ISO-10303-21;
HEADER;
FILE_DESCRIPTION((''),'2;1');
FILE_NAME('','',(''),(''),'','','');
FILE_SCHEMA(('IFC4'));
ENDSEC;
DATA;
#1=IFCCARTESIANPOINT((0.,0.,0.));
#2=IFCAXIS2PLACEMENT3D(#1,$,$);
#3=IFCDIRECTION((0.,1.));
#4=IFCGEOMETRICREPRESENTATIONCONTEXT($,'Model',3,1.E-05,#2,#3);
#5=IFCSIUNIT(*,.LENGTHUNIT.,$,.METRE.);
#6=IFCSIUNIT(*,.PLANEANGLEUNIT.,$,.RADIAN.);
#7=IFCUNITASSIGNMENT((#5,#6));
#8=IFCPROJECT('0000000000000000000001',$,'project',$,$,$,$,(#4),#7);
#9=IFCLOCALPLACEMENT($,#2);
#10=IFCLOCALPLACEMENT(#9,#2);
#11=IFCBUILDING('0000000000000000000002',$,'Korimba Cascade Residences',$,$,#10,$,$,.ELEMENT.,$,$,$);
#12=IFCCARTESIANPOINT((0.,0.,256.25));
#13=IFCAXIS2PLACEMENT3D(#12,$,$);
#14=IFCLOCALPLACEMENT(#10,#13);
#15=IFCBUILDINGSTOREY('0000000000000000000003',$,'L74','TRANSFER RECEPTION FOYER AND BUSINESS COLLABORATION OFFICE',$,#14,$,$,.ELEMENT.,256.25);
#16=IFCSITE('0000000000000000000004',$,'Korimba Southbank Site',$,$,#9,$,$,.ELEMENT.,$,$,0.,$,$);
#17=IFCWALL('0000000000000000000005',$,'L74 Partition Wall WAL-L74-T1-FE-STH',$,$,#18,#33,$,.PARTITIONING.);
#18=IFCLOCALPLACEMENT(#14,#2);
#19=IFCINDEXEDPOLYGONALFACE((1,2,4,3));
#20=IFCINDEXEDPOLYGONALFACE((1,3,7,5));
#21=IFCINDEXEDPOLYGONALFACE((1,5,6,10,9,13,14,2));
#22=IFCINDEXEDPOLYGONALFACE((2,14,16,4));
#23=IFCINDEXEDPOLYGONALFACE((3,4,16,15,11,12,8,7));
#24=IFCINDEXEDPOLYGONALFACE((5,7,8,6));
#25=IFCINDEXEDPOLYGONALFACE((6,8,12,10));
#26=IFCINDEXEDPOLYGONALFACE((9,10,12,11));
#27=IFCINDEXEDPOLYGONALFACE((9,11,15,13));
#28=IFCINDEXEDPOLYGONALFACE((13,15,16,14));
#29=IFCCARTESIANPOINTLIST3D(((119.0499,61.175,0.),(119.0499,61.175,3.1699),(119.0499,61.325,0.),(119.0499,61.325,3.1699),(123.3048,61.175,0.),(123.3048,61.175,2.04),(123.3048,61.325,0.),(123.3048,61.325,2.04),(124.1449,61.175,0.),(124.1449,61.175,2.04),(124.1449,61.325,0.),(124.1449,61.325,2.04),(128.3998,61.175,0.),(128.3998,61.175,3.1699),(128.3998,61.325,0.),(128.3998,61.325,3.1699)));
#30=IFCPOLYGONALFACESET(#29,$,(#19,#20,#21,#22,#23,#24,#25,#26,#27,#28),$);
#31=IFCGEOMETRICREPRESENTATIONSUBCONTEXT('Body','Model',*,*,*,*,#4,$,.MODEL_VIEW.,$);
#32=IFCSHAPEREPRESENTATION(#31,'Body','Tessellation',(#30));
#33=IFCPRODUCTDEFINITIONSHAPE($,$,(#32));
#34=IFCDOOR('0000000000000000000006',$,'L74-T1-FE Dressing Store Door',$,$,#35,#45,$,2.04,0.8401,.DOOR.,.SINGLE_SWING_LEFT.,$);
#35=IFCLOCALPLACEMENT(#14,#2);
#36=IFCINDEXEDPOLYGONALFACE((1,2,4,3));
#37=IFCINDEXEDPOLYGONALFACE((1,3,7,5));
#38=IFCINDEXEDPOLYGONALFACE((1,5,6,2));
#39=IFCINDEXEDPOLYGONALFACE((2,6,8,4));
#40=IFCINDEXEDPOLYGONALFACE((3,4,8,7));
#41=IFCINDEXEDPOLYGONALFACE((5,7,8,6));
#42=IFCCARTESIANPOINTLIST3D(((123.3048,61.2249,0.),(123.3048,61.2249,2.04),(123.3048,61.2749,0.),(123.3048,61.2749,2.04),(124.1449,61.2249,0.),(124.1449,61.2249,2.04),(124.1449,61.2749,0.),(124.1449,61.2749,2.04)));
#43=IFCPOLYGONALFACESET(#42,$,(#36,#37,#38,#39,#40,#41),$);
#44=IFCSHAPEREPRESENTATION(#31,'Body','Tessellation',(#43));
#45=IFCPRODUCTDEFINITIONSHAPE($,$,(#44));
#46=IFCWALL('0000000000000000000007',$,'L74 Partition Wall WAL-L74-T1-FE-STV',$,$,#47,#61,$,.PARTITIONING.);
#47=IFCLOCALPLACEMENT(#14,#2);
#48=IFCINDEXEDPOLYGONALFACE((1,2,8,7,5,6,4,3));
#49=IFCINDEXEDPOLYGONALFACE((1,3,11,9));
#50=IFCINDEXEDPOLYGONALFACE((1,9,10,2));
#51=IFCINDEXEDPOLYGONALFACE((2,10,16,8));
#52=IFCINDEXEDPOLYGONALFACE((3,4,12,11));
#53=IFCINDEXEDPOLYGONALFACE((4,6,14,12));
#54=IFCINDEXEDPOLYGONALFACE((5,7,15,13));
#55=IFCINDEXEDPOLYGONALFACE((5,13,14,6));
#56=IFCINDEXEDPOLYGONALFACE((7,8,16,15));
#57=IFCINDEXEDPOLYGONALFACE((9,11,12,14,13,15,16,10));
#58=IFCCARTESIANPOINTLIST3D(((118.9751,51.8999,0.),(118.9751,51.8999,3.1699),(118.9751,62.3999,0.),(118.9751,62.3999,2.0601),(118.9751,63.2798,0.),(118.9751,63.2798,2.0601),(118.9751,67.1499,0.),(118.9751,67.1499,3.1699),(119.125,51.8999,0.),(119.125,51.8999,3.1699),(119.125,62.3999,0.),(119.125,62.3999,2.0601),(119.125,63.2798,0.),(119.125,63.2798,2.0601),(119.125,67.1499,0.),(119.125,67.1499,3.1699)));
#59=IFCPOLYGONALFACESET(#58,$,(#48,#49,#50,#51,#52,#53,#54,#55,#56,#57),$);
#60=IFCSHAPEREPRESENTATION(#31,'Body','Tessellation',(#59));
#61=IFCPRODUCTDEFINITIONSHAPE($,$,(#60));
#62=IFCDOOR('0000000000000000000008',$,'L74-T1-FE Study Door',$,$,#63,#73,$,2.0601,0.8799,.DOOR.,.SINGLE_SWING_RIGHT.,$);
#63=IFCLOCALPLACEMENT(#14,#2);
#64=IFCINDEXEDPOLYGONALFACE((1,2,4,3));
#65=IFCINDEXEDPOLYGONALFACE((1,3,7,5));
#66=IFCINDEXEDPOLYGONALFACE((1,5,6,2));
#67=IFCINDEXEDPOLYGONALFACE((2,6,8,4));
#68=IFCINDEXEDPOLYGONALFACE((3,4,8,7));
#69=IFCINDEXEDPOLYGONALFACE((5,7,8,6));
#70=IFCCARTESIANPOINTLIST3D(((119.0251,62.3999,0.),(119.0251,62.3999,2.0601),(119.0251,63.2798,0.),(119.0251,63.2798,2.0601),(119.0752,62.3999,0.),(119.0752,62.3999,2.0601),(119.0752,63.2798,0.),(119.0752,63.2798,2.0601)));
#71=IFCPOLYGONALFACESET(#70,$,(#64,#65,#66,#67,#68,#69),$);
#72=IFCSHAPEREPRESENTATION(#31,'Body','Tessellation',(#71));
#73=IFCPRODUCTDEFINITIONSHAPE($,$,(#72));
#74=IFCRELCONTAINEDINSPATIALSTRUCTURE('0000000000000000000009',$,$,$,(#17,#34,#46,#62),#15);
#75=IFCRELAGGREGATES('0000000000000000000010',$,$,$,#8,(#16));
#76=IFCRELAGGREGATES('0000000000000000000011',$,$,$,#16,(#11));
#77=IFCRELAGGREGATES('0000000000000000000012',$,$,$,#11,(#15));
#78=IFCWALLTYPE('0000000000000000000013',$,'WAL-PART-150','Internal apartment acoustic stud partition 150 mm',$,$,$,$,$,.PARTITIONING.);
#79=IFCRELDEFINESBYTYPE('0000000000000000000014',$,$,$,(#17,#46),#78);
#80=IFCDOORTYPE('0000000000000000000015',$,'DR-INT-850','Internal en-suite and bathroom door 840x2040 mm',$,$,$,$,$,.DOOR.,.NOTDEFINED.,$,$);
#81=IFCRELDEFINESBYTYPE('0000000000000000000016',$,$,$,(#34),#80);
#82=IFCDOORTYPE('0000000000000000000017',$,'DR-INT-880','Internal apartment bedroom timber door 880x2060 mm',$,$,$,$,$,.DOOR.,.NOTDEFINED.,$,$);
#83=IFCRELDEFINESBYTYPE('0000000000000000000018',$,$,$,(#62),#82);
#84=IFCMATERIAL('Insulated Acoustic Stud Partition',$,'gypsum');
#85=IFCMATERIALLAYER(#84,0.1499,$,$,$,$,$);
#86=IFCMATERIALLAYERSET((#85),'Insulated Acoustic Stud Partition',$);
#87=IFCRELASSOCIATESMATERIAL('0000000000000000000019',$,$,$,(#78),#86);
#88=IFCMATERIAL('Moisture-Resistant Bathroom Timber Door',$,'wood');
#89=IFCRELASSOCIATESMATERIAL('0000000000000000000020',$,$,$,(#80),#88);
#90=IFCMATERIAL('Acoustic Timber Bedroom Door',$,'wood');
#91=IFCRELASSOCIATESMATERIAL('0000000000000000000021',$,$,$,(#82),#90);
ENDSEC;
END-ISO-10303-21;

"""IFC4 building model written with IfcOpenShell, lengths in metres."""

from ifc_helpers import new_model, si_unit, direction, frame, frame_2d, origin, place, context, subcontext, project, spatial, rectangle, extrude, material, layer, layer_set, type_object, element, fill, save


model = new_model("IFC4")

# Units and contexts
model_context = context("Model", 3, precision=1e-05, world=origin(), true_north=direction((0.0, 1.0)))
body_context = subcontext(model_context, "Body", "Model", "MODEL_VIEW")
ifc_project = project(units=[si_unit("LENGTHUNIT", "METRE"), si_unit("PLANEANGLEUNIT", "RADIAN")], contexts=[model_context])

# Site, building, storey
site_placement = place(None, origin())
site = spatial("IfcSite", under=ifc_project, at=site_placement, Name="Korimba Southbank Site", CompositionType="ELEMENT", RefElevation=0.0)
building_placement = place(site_placement, origin())
building = spatial("IfcBuilding", under=site, at=building_placement, Name="Korimba Cascade Residences", CompositionType="ELEMENT")
storey_placement = place(building_placement, frame((0.0, 0.0, 256.25)))
storey = spatial("IfcBuildingStorey", under=building, at=storey_placement, Name="L74", Description="TRANSFER RECEPTION FOYER AND BUSINESS COLLABORATION OFFICE", CompositionType="ELEMENT", Elevation=256.25)

# Walls, openings, doors
ifc_material_1 = material(Name="Insulated Acoustic Stud Partition", Category="gypsum")
ifc_layer_1 = layer(ifc_material_1, 0.1499)
ifc_layer_set_1 = layer_set([ifc_layer_1], Name="Insulated Acoustic Stud Partition")
wall_type_1 = type_object("IfcWallType", Name="WAL-PART-150", Description="Internal apartment acoustic stud partition 150 mm", PredefinedType="PARTITIONING", material=ifc_layer_set_1)
wall_1_placement = place(storey_placement, frame((119.05, 61.25, 0.0), z_axis=(0.0, 0.0, 1.0), x_axis=(1.0, 0.0, 0.0)))
wall_1 = element("IfcWall", 1, at=wall_1_placement, inside=storey, type_object=wall_type_1, Name="L74 Partition Wall WAL-L74-T1-FE-STH", PredefinedType="PARTITIONING", context=body_context, shape_type="SweptSolid", body=[
    extrude(rectangle(XDim=9.3499, YDim=0.1499, at=frame_2d((4.6748, 0.0))), origin(), (0.0, 0.0, 1.0), 3.1699),
])
opening_1_placement = place(wall_1_placement, frame((4.2549, 0.0, 0.0)))
opening_1 = element("IfcOpeningElement", 2, at=opening_1_placement, cuts=wall_1, PredefinedType="OPENING", context=body_context, shape_type="SweptSolid", body=[
    extrude(rectangle(XDim=0.8401, YDim=2.04, at=frame_2d((0.4199, 1.02))), frame((0.0, 0.085, 0.0), z_axis=(0.0, -1.0, 0.0), x_axis=(1.0, 0.0, 0.0)), (0.0, 0.0, 1.0), 0.1699),
])
ifc_material_2 = material(Name="Moisture-Resistant Bathroom Timber Door", Category="wood")
door_type_1 = type_object("IfcDoorType", Name="DR-INT-850", Description="Internal en-suite and bathroom door 840x2040 mm", OperationType="NOTDEFINED", PredefinedType="DOOR", material=ifc_material_2)
door_1_placement = place(opening_1_placement, origin())
door_1 = element("IfcDoor", 3, at=door_1_placement, inside=storey, type_object=door_type_1, Name="L74-T1-FE Dressing Store Door", OperationType="SINGLE_SWING_LEFT", OverallHeight=2.04, OverallWidth=0.8401, PredefinedType="DOOR", context=body_context, shape_type="SweptSolid", body=[
    extrude(rectangle(XDim=0.8401, YDim=2.04, at=frame_2d((0.4199, 1.02))), frame((0.0, 0.0249, 0.0), z_axis=(0.0, -1.0, 0.0), x_axis=(1.0, 0.0, 0.0)), (0.0, 0.0, 1.0), 0.05),
])
fill(opening_1, door_1)
wall_2_placement = place(storey_placement, frame((119.05, 51.8999, 0.0), z_axis=(0.0, 0.0, 1.0), x_axis=(0.0, 1.0, 0.0)))
wall_2 = element("IfcWall", 4, at=wall_2_placement, inside=storey, type_object=wall_type_1, Name="L74 Partition Wall WAL-L74-T1-FE-STV", PredefinedType="PARTITIONING", context=body_context, shape_type="SweptSolid", body=[
    extrude(rectangle(XDim=15.25, YDim=0.1499, at=frame_2d((7.625, 0.0))), origin(), (0.0, 0.0, 1.0), 3.1699),
])
opening_2_placement = place(wall_2_placement, frame((10.5, 0.0, 0.0)))
opening_2 = element("IfcOpeningElement", 5, at=opening_2_placement, cuts=wall_2, PredefinedType="OPENING", context=body_context, shape_type="SweptSolid", body=[
    extrude(rectangle(XDim=0.8799, YDim=2.0601, at=frame_2d((0.4399, 1.03))), frame((0.0, 0.085, 0.0), z_axis=(0.0, -1.0, 0.0), x_axis=(1.0, 0.0, 0.0)), (0.0, 0.0, 1.0), 0.1699),
])
ifc_material_3 = material(Name="Acoustic Timber Bedroom Door", Category="wood")
door_type_2 = type_object("IfcDoorType", Name="DR-INT-880", Description="Internal apartment bedroom timber door 880x2060 mm", OperationType="NOTDEFINED", PredefinedType="DOOR", material=ifc_material_3)
door_2_placement = place(opening_2_placement, origin())
door_2 = element("IfcDoor", 6, at=door_2_placement, inside=storey, type_object=door_type_2, Name="L74-T1-FE Study Door", OperationType="SINGLE_SWING_RIGHT", OverallHeight=2.0601, OverallWidth=0.8799, PredefinedType="DOOR", context=body_context, shape_type="SweptSolid", body=[
    extrude(rectangle(XDim=0.8799, YDim=2.0601, at=frame_2d((0.4399, 1.03))), frame((0.0, 0.0249, 0.0), z_axis=(0.0, -1.0, 0.0), x_axis=(1.0, 0.0, 0.0)), (0.0, 0.0, 1.0), 0.05),
])
fill(opening_2, door_2)

save(model, "model.ifc")
